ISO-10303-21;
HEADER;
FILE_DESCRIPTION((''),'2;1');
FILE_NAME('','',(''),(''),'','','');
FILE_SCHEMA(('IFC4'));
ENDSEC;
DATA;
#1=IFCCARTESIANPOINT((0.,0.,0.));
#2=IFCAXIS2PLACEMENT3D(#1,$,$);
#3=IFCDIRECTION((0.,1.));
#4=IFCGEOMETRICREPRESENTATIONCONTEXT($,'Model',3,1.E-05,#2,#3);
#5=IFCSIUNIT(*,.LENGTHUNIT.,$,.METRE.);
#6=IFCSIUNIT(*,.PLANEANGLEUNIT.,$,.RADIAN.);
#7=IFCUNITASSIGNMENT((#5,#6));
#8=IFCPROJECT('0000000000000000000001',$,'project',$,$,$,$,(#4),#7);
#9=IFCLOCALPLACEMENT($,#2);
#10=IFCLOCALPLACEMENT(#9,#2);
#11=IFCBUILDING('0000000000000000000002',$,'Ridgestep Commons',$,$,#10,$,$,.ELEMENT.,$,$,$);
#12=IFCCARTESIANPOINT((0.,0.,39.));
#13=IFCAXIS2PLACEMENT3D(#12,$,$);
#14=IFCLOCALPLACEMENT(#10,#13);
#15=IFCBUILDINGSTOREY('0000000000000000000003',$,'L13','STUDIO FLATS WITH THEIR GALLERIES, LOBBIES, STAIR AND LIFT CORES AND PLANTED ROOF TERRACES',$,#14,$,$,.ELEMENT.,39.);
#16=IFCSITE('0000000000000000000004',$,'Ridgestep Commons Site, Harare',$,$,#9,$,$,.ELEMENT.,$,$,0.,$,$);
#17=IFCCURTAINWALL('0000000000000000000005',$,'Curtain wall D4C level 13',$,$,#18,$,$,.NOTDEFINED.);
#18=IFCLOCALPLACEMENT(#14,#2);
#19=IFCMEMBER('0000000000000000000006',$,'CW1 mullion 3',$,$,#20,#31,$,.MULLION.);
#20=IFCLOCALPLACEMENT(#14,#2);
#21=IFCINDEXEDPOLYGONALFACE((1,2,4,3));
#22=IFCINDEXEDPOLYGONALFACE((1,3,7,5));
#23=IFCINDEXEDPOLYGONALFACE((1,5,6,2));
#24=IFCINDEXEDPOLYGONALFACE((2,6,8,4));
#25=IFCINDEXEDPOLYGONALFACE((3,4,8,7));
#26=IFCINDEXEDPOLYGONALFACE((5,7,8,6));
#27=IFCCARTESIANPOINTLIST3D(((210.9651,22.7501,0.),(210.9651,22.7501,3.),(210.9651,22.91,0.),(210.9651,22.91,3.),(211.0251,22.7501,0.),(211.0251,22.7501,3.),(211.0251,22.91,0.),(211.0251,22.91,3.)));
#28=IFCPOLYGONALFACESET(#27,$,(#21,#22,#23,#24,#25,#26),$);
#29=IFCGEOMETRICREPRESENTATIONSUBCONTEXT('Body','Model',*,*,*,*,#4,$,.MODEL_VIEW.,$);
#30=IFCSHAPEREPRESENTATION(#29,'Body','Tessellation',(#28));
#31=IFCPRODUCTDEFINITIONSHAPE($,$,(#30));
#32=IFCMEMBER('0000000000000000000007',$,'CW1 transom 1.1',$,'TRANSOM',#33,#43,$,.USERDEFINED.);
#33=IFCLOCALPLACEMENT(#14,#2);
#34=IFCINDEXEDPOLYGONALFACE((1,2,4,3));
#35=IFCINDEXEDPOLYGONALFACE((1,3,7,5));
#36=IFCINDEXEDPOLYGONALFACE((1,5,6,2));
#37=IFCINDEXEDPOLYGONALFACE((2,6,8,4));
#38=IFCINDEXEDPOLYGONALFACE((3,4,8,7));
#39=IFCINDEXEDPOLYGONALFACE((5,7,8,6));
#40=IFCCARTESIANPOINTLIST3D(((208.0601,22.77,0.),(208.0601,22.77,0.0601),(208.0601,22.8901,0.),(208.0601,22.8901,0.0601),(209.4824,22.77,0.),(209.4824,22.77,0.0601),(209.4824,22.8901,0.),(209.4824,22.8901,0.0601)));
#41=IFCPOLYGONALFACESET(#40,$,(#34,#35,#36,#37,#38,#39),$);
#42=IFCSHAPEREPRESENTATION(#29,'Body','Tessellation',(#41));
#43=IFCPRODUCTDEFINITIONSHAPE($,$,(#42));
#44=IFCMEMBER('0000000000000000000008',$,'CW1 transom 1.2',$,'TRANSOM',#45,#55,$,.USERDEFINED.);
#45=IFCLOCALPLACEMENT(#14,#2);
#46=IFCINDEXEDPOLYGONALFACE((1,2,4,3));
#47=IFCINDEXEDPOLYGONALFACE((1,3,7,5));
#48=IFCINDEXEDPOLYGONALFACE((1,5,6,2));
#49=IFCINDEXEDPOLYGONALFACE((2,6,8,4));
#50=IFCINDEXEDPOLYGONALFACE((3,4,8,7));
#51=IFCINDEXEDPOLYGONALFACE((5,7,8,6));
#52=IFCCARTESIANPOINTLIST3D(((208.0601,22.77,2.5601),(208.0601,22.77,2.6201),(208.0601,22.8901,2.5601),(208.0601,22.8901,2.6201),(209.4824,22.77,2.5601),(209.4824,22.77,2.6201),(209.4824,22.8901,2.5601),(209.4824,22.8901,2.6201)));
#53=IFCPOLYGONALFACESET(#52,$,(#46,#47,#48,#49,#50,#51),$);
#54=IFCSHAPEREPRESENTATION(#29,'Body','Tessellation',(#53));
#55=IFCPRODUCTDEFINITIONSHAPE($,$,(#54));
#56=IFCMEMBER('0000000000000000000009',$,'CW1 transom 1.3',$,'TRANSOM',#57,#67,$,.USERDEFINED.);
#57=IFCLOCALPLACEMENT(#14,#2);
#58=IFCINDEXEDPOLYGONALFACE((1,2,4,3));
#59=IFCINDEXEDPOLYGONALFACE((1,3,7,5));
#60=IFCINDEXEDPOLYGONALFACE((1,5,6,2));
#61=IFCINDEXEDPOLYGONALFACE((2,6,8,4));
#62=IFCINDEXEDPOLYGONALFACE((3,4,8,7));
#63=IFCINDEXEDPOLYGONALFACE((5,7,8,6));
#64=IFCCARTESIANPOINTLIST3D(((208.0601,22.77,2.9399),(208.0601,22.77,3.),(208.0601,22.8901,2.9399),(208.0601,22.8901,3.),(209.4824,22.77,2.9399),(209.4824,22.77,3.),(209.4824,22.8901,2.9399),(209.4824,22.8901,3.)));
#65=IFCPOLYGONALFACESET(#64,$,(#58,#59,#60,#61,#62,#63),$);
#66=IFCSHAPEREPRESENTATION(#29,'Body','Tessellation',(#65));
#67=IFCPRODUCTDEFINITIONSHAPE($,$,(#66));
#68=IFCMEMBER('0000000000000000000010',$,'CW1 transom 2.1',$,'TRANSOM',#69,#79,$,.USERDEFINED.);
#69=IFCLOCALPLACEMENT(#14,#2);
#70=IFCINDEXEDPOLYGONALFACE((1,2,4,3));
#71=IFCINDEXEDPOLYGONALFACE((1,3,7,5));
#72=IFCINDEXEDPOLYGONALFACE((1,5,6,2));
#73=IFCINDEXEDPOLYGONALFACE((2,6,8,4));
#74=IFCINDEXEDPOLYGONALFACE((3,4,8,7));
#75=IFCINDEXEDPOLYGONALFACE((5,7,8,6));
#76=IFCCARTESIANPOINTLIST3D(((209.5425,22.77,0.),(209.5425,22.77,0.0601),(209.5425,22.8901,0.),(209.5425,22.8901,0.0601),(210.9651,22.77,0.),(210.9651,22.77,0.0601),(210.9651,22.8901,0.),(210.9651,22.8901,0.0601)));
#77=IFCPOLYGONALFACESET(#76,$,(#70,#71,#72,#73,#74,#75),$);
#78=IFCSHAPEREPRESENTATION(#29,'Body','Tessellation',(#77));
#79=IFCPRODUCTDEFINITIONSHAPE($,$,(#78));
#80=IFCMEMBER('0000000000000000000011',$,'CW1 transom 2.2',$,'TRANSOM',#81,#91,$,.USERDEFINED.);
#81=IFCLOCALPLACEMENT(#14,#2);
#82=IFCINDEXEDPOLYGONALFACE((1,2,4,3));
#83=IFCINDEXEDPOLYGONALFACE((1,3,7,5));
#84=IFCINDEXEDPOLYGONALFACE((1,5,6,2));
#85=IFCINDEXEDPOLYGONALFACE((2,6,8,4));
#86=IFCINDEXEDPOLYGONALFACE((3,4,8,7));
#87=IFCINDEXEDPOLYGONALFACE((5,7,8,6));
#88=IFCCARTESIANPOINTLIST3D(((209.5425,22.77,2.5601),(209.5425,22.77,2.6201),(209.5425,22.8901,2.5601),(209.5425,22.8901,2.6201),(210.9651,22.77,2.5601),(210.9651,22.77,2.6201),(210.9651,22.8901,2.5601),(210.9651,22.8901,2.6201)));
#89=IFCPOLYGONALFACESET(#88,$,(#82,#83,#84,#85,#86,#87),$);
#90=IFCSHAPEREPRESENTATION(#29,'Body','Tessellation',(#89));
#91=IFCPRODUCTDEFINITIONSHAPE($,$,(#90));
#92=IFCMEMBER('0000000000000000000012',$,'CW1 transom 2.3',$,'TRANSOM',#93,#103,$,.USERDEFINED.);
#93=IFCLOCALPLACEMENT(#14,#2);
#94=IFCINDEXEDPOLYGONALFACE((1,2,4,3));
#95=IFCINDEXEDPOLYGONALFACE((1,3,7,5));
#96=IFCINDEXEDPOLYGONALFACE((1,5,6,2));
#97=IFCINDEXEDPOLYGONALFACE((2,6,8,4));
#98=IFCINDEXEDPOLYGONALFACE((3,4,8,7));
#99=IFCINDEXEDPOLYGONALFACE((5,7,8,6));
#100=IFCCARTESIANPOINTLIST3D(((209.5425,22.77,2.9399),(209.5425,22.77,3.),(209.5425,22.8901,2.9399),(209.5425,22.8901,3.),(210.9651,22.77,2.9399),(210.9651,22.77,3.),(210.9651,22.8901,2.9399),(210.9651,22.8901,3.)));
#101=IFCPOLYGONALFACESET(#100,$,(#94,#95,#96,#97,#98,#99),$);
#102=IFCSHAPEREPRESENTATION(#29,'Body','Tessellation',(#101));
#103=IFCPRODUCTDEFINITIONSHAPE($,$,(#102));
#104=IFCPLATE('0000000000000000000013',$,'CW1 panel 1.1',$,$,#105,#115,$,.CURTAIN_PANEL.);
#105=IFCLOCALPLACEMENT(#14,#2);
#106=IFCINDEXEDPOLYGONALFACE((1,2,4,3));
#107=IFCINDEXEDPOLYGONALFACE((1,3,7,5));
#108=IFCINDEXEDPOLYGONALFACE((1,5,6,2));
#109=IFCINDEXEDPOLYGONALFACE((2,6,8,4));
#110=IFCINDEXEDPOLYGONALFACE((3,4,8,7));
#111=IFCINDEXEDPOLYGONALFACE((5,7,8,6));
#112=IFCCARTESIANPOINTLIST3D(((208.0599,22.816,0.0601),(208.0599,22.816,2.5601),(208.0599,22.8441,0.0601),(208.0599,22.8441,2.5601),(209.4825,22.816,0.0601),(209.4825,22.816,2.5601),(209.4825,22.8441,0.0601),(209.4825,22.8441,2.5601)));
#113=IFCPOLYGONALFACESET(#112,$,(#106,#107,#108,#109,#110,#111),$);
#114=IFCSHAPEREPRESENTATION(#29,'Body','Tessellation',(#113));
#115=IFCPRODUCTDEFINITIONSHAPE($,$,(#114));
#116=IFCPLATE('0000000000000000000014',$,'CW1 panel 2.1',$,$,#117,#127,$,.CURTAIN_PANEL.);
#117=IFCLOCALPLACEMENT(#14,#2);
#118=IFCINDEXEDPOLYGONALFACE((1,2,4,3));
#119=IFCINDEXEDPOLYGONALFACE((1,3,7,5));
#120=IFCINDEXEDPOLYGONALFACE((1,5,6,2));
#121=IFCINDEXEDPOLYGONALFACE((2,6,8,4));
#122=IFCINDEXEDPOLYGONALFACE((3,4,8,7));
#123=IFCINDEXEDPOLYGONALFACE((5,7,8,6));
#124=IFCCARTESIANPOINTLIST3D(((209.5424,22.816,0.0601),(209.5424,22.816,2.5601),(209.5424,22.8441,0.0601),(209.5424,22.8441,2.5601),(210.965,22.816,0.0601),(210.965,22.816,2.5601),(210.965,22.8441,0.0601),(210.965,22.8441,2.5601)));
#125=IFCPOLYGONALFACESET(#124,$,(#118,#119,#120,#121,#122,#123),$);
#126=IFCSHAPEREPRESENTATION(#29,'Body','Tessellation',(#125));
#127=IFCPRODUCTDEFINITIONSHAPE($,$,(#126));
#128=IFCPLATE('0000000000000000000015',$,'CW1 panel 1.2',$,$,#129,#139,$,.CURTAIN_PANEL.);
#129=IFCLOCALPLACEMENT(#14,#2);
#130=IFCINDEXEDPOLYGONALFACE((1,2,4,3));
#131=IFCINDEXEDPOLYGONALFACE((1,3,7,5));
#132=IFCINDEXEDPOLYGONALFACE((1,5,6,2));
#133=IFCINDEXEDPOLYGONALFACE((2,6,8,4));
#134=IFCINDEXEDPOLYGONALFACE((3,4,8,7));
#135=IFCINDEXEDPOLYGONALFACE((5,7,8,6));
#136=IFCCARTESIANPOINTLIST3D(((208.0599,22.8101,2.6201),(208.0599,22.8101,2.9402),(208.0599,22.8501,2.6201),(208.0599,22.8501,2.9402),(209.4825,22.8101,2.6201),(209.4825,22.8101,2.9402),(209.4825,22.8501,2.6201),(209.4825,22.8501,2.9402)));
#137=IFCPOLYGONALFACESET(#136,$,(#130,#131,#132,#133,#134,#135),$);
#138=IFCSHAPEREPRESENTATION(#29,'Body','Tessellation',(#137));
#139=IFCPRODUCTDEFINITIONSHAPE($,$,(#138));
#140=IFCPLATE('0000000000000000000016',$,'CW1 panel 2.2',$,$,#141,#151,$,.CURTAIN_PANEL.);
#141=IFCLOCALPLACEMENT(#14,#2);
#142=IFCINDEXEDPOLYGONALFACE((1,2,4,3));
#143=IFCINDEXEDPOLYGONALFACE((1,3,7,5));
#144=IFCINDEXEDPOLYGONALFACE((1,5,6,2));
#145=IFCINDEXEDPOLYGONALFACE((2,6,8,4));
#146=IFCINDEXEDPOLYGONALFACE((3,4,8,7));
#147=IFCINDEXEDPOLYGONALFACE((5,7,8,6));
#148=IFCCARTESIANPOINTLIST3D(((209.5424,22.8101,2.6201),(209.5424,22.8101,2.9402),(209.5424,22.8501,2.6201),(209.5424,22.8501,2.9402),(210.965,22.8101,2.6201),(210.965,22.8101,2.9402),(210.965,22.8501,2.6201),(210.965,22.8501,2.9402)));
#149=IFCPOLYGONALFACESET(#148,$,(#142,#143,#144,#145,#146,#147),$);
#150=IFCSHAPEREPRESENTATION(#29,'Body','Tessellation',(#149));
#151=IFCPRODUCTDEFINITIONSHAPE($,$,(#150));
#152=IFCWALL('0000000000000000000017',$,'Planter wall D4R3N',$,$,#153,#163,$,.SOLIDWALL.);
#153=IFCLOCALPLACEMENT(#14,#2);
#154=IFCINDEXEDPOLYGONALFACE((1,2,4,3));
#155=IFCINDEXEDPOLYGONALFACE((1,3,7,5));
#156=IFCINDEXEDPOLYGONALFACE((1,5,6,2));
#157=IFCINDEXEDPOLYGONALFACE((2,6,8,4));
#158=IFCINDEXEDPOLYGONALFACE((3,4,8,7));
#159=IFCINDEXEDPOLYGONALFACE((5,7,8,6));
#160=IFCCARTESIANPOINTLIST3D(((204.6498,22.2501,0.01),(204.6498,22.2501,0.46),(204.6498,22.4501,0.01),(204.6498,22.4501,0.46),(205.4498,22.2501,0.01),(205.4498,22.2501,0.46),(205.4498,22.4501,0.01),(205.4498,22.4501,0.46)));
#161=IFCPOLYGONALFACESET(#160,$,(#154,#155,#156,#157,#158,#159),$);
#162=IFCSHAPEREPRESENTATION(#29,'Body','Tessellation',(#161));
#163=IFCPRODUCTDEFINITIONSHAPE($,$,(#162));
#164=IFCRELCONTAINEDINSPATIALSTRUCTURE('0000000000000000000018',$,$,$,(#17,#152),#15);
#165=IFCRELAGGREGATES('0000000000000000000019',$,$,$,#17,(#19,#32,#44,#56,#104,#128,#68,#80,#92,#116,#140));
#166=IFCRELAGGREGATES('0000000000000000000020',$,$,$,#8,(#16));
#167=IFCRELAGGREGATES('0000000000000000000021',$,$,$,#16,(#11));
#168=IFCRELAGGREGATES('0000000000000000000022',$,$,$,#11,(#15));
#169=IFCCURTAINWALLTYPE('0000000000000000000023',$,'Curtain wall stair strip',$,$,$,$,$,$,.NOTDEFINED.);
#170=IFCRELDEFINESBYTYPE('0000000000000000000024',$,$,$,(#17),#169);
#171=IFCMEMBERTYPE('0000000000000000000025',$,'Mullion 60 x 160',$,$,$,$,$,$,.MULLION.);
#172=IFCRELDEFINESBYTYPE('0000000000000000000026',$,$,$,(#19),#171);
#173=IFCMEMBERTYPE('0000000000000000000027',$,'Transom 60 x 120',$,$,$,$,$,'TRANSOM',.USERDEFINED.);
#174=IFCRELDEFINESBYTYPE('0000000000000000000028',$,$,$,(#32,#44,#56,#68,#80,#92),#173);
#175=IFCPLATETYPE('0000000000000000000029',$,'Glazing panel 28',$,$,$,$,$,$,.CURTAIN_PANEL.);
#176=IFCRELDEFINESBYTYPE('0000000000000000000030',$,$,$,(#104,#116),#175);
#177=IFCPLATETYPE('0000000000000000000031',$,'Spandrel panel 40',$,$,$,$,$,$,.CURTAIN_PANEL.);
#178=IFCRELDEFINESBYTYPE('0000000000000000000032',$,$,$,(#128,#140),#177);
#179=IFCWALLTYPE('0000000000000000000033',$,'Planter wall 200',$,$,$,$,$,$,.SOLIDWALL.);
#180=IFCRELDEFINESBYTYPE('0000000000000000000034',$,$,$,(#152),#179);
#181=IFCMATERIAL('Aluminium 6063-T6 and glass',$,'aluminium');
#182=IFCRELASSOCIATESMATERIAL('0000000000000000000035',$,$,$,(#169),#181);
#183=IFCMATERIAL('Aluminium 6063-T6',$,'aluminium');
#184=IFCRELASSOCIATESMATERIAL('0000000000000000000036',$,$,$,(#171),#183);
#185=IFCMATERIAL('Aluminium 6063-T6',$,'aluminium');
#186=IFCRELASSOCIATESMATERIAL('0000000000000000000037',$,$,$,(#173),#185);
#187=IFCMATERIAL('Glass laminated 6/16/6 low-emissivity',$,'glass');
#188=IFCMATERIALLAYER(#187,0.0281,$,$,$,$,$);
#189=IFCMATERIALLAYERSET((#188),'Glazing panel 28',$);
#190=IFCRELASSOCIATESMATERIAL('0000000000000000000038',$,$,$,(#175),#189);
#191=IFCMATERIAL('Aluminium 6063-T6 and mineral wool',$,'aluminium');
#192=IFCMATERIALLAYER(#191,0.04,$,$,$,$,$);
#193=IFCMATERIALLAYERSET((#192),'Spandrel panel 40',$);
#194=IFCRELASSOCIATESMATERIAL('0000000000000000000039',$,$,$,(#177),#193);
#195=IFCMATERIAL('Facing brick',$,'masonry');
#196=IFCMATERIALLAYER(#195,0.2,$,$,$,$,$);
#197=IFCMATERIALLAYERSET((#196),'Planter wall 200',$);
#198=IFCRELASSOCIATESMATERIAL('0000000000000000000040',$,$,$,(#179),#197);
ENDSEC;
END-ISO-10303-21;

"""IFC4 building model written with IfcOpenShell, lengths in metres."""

from ifc_helpers import new_model, si_unit, direction, frame, frame_2d, origin, origin_2d, place, context, subcontext, project, spatial, rectangle, extrude, material, layer, layer_set, material_profile, profile_set, type_object, element, aggregate, save


model = new_model("IFC4")

# Units and contexts
model_context = context("Model", 3, precision=1e-05, world=origin(), true_north=direction((0.0, 1.0)))
body_context = subcontext(model_context, "Body", "Model", "MODEL_VIEW")
ifc_project = project(units=[si_unit("LENGTHUNIT", "METRE"), si_unit("PLANEANGLEUNIT", "RADIAN")], contexts=[model_context])

# Site, building, storey
site_placement = place(None, origin())
site = spatial("IfcSite", under=ifc_project, at=site_placement, Name="Ridgestep Commons Site, Harare", CompositionType="ELEMENT", RefElevation=0.0)
building_placement = place(site_placement, origin())
building = spatial("IfcBuilding", under=site, at=building_placement, Name="Ridgestep Commons", CompositionType="ELEMENT")
storey_placement = place(building_placement, frame((0.0, 0.0, 39.0)))
storey = spatial("IfcBuildingStorey", under=building, at=storey_placement, Name="L13", Description="STUDIO FLATS WITH THEIR GALLERIES, LOBBIES, STAIR AND LIFT CORES AND PLANTED ROOF TERRACES", CompositionType="ELEMENT", Elevation=39.0)

# Curtain wall, members, plates
ifc_material_1 = material(Name="Aluminium 6063-T6 and glass", Category="aluminium")
curtain_wall_type = type_object("IfcCurtainWallType", Name="Curtain wall stair strip", PredefinedType="NOTDEFINED", material=ifc_material_1)
curtain_wall_placement = place(storey_placement, origin())
curtain_wall = element("IfcCurtainWall", 1, at=curtain_wall_placement, inside=storey, type_object=curtain_wall_type, Name="Curtain wall D4C level 13", PredefinedType="NOTDEFINED")
ifc_material_2 = material(Name="Aluminium 6063-T6", Category="aluminium")
ifc_material_profile_1 = material_profile(ifc_material_2, rectangle(XDim=0.1599, YDim=0.0601, at=origin_2d()), Name="Mullion 60 x 160")
ifc_profile_set_1 = profile_set([ifc_material_profile_1], Name="Aluminium 6063-T6")
member_type_1 = type_object("IfcMemberType", Name="Mullion 60 x 160", PredefinedType="MULLION", material=ifc_profile_set_1)
member_1_placement = place(storey_placement, frame((210.9951, 22.8301, 0.0), z_axis=(0.0, 0.0, 1.0), x_axis=(0.0, 1.0, 0.0)))
member_1 = element("IfcMember", 2, at=member_1_placement, type_object=member_type_1, Name="CW1 mullion 3", PredefinedType="MULLION", context=body_context, shape_type="SweptSolid", body=[
    extrude(rectangle(XDim=0.1599, YDim=0.0601, at=origin_2d()), origin(), (0.0, 0.0, 1.0), 3.0),
])
ifc_material_3 = material(Name="Aluminium 6063-T6", Category="aluminium")
ifc_material_profile_2 = material_profile(ifc_material_3, rectangle(XDim=0.1201, YDim=0.0601, at=origin_2d()), Name="Transom 60 x 120")
ifc_profile_set_2 = profile_set([ifc_material_profile_2], Name="Aluminium 6063-T6")
member_type_2 = type_object("IfcMemberType", Name="Transom 60 x 120", ElementType="TRANSOM", PredefinedType="USERDEFINED", material=ifc_profile_set_2)
member_2_placement = place(storey_placement, frame((208.0601, 22.8301, 0.03), z_axis=(1.0, 0.0, 0.0), x_axis=(0.0, 1.0, 0.0)))
member_2 = element("IfcMember", 3, at=member_2_placement, type_object=member_type_2, Name="CW1 transom 1.1", ObjectType="TRANSOM", PredefinedType="USERDEFINED", context=body_context, shape_type="SweptSolid", body=[
    extrude(rectangle(XDim=0.1201, YDim=0.0601, at=origin_2d()), origin(), (0.0, 0.0, 1.0), 1.4224),
])
member_3_placement = place(storey_placement, frame((208.0601, 22.8301, 2.5901), z_axis=(1.0, 0.0, 0.0), x_axis=(0.0, 1.0, 0.0)))
member_3 = element("IfcMember", 4, at=member_3_placement, type_object=member_type_2, Name="CW1 transom 1.2", ObjectType="TRANSOM", PredefinedType="USERDEFINED", context=body_context, shape_type="SweptSolid", body=[
    extrude(rectangle(XDim=0.1201, YDim=0.0601, at=origin_2d()), origin(), (0.0, 0.0, 1.0), 1.4224),
])
member_4_placement = place(storey_placement, frame((208.0601, 22.8301, 2.97), z_axis=(1.0, 0.0, 0.0), x_axis=(0.0, 1.0, 0.0)))
member_4 = element("IfcMember", 5, at=member_4_placement, type_object=member_type_2, Name="CW1 transom 1.3", ObjectType="TRANSOM", PredefinedType="USERDEFINED", context=body_context, shape_type="SweptSolid", body=[
    extrude(rectangle(XDim=0.1201, YDim=0.0601, at=origin_2d()), origin(), (0.0, 0.0, 1.0), 1.4224),
])
member_5_placement = place(storey_placement, frame((209.5425, 22.8301, 0.03), z_axis=(1.0, 0.0, 0.0), x_axis=(0.0, 1.0, 0.0)))
member_5 = element("IfcMember", 6, at=member_5_placement, type_object=member_type_2, Name="CW1 transom 2.1", ObjectType="TRANSOM", PredefinedType="USERDEFINED", context=body_context, shape_type="SweptSolid", body=[
    extrude(rectangle(XDim=0.1201, YDim=0.0601, at=origin_2d()), origin(), (0.0, 0.0, 1.0), 1.4226),
])
member_6_placement = place(storey_placement, frame((209.5425, 22.8301, 2.5901), z_axis=(1.0, 0.0, 0.0), x_axis=(0.0, 1.0, 0.0)))
member_6 = element("IfcMember", 7, at=member_6_placement, type_object=member_type_2, Name="CW1 transom 2.2", ObjectType="TRANSOM", PredefinedType="USERDEFINED", context=body_context, shape_type="SweptSolid", body=[
    extrude(rectangle(XDim=0.1201, YDim=0.0601, at=origin_2d()), origin(), (0.0, 0.0, 1.0), 1.4226),
])
member_7_placement = place(storey_placement, frame((209.5425, 22.8301, 2.97), z_axis=(1.0, 0.0, 0.0), x_axis=(0.0, 1.0, 0.0)))
member_7 = element("IfcMember", 8, at=member_7_placement, type_object=member_type_2, Name="CW1 transom 2.3", ObjectType="TRANSOM", PredefinedType="USERDEFINED", context=body_context, shape_type="SweptSolid", body=[
    extrude(rectangle(XDim=0.1201, YDim=0.0601, at=origin_2d()), origin(), (0.0, 0.0, 1.0), 1.4226),
])
ifc_material_4 = material(Name="Glass laminated 6/16/6 low-emissivity", Category="glass")
ifc_layer_1 = layer(ifc_material_4, 0.0281)
ifc_layer_set_1 = layer_set([ifc_layer_1], Name="Glazing panel 28")
plate_type_1 = type_object("IfcPlateType", Name="Glazing panel 28", PredefinedType="CURTAIN_PANEL", material=ifc_layer_set_1)
plate_1_placement = place(storey_placement, frame((208.7712, 22.8301, 0.0601), z_axis=(0.0, 0.0, 1.0), x_axis=(1.0, 0.0, 0.0)))
plate_1 = element("IfcPlate", 9, at=plate_1_placement, type_object=plate_type_1, Name="CW1 panel 1.1", PredefinedType="CURTAIN_PANEL", context=body_context, shape_type="SweptSolid", body=[
    extrude(rectangle(XDim=1.4226, YDim=0.0281, at=origin_2d()), origin(), (0.0, 0.0, 1.0), 2.5),
])
plate_2_placement = place(storey_placement, frame((210.2537, 22.8301, 0.0601), z_axis=(0.0, 0.0, 1.0), x_axis=(1.0, 0.0, 0.0)))
plate_2 = element("IfcPlate", 10, at=plate_2_placement, type_object=plate_type_1, Name="CW1 panel 2.1", PredefinedType="CURTAIN_PANEL", context=body_context, shape_type="SweptSolid", body=[
    extrude(rectangle(XDim=1.4226, YDim=0.0281, at=origin_2d()), origin(), (0.0, 0.0, 1.0), 2.5),
])
ifc_material_5 = material(Name="Aluminium 6063-T6 and mineral wool", Category="aluminium")
ifc_layer_2 = layer(ifc_material_5, 0.04)
ifc_layer_set_2 = layer_set([ifc_layer_2], Name="Spandrel panel 40")
plate_type_2 = type_object("IfcPlateType", Name="Spandrel panel 40", PredefinedType="CURTAIN_PANEL", material=ifc_layer_set_2)
plate_3_placement = place(storey_placement, frame((208.7712, 22.8301, 2.6201), z_axis=(0.0, 0.0, 1.0), x_axis=(1.0, 0.0, 0.0)))
plate_3 = element("IfcPlate", 11, at=plate_3_placement, type_object=plate_type_2, Name="CW1 panel 1.2", PredefinedType="CURTAIN_PANEL", context=body_context, shape_type="SweptSolid", body=[
    extrude(rectangle(XDim=1.4226, YDim=0.04, at=origin_2d()), origin(), (0.0, 0.0, 1.0), 0.3201),
])
plate_4_placement = place(storey_placement, frame((210.2537, 22.8301, 2.6201), z_axis=(0.0, 0.0, 1.0), x_axis=(1.0, 0.0, 0.0)))
plate_4 = element("IfcPlate", 12, at=plate_4_placement, type_object=plate_type_2, Name="CW1 panel 2.2", PredefinedType="CURTAIN_PANEL", context=body_context, shape_type="SweptSolid", body=[
    extrude(rectangle(XDim=1.4226, YDim=0.04, at=origin_2d()), origin(), (0.0, 0.0, 1.0), 0.3201),
])
aggregate(curtain_wall, [member_1, member_2, member_3, member_4, plate_1, plate_3, member_5, member_6, member_7, plate_2, plate_4])

# Wall
ifc_material_6 = material(Name="Facing brick", Category="masonry")
ifc_layer_3 = layer(ifc_material_6, 0.2)
ifc_layer_set_3 = layer_set([ifc_layer_3], Name="Planter wall 200")
wall_type = type_object("IfcWallType", Name="Planter wall 200", PredefinedType="SOLIDWALL", material=ifc_layer_set_3)
wall_placement = place(storey_placement, frame((204.6499, 22.3501, 0.01), z_axis=(0.0, 0.0, 1.0), x_axis=(1.0, 0.0, 0.0)))
element("IfcWall", 13, at=wall_placement, inside=storey, type_object=wall_type, Name="Planter wall D4R3N", PredefinedType="SOLIDWALL", context=body_context, shape_type="SweptSolid", body=[
    extrude(rectangle(XDim=0.8, YDim=0.2, at=frame_2d((0.3999, 0.0))), origin(), (0.0, 0.0, 1.0), 0.45),
])

save(model, "model.ifc")
